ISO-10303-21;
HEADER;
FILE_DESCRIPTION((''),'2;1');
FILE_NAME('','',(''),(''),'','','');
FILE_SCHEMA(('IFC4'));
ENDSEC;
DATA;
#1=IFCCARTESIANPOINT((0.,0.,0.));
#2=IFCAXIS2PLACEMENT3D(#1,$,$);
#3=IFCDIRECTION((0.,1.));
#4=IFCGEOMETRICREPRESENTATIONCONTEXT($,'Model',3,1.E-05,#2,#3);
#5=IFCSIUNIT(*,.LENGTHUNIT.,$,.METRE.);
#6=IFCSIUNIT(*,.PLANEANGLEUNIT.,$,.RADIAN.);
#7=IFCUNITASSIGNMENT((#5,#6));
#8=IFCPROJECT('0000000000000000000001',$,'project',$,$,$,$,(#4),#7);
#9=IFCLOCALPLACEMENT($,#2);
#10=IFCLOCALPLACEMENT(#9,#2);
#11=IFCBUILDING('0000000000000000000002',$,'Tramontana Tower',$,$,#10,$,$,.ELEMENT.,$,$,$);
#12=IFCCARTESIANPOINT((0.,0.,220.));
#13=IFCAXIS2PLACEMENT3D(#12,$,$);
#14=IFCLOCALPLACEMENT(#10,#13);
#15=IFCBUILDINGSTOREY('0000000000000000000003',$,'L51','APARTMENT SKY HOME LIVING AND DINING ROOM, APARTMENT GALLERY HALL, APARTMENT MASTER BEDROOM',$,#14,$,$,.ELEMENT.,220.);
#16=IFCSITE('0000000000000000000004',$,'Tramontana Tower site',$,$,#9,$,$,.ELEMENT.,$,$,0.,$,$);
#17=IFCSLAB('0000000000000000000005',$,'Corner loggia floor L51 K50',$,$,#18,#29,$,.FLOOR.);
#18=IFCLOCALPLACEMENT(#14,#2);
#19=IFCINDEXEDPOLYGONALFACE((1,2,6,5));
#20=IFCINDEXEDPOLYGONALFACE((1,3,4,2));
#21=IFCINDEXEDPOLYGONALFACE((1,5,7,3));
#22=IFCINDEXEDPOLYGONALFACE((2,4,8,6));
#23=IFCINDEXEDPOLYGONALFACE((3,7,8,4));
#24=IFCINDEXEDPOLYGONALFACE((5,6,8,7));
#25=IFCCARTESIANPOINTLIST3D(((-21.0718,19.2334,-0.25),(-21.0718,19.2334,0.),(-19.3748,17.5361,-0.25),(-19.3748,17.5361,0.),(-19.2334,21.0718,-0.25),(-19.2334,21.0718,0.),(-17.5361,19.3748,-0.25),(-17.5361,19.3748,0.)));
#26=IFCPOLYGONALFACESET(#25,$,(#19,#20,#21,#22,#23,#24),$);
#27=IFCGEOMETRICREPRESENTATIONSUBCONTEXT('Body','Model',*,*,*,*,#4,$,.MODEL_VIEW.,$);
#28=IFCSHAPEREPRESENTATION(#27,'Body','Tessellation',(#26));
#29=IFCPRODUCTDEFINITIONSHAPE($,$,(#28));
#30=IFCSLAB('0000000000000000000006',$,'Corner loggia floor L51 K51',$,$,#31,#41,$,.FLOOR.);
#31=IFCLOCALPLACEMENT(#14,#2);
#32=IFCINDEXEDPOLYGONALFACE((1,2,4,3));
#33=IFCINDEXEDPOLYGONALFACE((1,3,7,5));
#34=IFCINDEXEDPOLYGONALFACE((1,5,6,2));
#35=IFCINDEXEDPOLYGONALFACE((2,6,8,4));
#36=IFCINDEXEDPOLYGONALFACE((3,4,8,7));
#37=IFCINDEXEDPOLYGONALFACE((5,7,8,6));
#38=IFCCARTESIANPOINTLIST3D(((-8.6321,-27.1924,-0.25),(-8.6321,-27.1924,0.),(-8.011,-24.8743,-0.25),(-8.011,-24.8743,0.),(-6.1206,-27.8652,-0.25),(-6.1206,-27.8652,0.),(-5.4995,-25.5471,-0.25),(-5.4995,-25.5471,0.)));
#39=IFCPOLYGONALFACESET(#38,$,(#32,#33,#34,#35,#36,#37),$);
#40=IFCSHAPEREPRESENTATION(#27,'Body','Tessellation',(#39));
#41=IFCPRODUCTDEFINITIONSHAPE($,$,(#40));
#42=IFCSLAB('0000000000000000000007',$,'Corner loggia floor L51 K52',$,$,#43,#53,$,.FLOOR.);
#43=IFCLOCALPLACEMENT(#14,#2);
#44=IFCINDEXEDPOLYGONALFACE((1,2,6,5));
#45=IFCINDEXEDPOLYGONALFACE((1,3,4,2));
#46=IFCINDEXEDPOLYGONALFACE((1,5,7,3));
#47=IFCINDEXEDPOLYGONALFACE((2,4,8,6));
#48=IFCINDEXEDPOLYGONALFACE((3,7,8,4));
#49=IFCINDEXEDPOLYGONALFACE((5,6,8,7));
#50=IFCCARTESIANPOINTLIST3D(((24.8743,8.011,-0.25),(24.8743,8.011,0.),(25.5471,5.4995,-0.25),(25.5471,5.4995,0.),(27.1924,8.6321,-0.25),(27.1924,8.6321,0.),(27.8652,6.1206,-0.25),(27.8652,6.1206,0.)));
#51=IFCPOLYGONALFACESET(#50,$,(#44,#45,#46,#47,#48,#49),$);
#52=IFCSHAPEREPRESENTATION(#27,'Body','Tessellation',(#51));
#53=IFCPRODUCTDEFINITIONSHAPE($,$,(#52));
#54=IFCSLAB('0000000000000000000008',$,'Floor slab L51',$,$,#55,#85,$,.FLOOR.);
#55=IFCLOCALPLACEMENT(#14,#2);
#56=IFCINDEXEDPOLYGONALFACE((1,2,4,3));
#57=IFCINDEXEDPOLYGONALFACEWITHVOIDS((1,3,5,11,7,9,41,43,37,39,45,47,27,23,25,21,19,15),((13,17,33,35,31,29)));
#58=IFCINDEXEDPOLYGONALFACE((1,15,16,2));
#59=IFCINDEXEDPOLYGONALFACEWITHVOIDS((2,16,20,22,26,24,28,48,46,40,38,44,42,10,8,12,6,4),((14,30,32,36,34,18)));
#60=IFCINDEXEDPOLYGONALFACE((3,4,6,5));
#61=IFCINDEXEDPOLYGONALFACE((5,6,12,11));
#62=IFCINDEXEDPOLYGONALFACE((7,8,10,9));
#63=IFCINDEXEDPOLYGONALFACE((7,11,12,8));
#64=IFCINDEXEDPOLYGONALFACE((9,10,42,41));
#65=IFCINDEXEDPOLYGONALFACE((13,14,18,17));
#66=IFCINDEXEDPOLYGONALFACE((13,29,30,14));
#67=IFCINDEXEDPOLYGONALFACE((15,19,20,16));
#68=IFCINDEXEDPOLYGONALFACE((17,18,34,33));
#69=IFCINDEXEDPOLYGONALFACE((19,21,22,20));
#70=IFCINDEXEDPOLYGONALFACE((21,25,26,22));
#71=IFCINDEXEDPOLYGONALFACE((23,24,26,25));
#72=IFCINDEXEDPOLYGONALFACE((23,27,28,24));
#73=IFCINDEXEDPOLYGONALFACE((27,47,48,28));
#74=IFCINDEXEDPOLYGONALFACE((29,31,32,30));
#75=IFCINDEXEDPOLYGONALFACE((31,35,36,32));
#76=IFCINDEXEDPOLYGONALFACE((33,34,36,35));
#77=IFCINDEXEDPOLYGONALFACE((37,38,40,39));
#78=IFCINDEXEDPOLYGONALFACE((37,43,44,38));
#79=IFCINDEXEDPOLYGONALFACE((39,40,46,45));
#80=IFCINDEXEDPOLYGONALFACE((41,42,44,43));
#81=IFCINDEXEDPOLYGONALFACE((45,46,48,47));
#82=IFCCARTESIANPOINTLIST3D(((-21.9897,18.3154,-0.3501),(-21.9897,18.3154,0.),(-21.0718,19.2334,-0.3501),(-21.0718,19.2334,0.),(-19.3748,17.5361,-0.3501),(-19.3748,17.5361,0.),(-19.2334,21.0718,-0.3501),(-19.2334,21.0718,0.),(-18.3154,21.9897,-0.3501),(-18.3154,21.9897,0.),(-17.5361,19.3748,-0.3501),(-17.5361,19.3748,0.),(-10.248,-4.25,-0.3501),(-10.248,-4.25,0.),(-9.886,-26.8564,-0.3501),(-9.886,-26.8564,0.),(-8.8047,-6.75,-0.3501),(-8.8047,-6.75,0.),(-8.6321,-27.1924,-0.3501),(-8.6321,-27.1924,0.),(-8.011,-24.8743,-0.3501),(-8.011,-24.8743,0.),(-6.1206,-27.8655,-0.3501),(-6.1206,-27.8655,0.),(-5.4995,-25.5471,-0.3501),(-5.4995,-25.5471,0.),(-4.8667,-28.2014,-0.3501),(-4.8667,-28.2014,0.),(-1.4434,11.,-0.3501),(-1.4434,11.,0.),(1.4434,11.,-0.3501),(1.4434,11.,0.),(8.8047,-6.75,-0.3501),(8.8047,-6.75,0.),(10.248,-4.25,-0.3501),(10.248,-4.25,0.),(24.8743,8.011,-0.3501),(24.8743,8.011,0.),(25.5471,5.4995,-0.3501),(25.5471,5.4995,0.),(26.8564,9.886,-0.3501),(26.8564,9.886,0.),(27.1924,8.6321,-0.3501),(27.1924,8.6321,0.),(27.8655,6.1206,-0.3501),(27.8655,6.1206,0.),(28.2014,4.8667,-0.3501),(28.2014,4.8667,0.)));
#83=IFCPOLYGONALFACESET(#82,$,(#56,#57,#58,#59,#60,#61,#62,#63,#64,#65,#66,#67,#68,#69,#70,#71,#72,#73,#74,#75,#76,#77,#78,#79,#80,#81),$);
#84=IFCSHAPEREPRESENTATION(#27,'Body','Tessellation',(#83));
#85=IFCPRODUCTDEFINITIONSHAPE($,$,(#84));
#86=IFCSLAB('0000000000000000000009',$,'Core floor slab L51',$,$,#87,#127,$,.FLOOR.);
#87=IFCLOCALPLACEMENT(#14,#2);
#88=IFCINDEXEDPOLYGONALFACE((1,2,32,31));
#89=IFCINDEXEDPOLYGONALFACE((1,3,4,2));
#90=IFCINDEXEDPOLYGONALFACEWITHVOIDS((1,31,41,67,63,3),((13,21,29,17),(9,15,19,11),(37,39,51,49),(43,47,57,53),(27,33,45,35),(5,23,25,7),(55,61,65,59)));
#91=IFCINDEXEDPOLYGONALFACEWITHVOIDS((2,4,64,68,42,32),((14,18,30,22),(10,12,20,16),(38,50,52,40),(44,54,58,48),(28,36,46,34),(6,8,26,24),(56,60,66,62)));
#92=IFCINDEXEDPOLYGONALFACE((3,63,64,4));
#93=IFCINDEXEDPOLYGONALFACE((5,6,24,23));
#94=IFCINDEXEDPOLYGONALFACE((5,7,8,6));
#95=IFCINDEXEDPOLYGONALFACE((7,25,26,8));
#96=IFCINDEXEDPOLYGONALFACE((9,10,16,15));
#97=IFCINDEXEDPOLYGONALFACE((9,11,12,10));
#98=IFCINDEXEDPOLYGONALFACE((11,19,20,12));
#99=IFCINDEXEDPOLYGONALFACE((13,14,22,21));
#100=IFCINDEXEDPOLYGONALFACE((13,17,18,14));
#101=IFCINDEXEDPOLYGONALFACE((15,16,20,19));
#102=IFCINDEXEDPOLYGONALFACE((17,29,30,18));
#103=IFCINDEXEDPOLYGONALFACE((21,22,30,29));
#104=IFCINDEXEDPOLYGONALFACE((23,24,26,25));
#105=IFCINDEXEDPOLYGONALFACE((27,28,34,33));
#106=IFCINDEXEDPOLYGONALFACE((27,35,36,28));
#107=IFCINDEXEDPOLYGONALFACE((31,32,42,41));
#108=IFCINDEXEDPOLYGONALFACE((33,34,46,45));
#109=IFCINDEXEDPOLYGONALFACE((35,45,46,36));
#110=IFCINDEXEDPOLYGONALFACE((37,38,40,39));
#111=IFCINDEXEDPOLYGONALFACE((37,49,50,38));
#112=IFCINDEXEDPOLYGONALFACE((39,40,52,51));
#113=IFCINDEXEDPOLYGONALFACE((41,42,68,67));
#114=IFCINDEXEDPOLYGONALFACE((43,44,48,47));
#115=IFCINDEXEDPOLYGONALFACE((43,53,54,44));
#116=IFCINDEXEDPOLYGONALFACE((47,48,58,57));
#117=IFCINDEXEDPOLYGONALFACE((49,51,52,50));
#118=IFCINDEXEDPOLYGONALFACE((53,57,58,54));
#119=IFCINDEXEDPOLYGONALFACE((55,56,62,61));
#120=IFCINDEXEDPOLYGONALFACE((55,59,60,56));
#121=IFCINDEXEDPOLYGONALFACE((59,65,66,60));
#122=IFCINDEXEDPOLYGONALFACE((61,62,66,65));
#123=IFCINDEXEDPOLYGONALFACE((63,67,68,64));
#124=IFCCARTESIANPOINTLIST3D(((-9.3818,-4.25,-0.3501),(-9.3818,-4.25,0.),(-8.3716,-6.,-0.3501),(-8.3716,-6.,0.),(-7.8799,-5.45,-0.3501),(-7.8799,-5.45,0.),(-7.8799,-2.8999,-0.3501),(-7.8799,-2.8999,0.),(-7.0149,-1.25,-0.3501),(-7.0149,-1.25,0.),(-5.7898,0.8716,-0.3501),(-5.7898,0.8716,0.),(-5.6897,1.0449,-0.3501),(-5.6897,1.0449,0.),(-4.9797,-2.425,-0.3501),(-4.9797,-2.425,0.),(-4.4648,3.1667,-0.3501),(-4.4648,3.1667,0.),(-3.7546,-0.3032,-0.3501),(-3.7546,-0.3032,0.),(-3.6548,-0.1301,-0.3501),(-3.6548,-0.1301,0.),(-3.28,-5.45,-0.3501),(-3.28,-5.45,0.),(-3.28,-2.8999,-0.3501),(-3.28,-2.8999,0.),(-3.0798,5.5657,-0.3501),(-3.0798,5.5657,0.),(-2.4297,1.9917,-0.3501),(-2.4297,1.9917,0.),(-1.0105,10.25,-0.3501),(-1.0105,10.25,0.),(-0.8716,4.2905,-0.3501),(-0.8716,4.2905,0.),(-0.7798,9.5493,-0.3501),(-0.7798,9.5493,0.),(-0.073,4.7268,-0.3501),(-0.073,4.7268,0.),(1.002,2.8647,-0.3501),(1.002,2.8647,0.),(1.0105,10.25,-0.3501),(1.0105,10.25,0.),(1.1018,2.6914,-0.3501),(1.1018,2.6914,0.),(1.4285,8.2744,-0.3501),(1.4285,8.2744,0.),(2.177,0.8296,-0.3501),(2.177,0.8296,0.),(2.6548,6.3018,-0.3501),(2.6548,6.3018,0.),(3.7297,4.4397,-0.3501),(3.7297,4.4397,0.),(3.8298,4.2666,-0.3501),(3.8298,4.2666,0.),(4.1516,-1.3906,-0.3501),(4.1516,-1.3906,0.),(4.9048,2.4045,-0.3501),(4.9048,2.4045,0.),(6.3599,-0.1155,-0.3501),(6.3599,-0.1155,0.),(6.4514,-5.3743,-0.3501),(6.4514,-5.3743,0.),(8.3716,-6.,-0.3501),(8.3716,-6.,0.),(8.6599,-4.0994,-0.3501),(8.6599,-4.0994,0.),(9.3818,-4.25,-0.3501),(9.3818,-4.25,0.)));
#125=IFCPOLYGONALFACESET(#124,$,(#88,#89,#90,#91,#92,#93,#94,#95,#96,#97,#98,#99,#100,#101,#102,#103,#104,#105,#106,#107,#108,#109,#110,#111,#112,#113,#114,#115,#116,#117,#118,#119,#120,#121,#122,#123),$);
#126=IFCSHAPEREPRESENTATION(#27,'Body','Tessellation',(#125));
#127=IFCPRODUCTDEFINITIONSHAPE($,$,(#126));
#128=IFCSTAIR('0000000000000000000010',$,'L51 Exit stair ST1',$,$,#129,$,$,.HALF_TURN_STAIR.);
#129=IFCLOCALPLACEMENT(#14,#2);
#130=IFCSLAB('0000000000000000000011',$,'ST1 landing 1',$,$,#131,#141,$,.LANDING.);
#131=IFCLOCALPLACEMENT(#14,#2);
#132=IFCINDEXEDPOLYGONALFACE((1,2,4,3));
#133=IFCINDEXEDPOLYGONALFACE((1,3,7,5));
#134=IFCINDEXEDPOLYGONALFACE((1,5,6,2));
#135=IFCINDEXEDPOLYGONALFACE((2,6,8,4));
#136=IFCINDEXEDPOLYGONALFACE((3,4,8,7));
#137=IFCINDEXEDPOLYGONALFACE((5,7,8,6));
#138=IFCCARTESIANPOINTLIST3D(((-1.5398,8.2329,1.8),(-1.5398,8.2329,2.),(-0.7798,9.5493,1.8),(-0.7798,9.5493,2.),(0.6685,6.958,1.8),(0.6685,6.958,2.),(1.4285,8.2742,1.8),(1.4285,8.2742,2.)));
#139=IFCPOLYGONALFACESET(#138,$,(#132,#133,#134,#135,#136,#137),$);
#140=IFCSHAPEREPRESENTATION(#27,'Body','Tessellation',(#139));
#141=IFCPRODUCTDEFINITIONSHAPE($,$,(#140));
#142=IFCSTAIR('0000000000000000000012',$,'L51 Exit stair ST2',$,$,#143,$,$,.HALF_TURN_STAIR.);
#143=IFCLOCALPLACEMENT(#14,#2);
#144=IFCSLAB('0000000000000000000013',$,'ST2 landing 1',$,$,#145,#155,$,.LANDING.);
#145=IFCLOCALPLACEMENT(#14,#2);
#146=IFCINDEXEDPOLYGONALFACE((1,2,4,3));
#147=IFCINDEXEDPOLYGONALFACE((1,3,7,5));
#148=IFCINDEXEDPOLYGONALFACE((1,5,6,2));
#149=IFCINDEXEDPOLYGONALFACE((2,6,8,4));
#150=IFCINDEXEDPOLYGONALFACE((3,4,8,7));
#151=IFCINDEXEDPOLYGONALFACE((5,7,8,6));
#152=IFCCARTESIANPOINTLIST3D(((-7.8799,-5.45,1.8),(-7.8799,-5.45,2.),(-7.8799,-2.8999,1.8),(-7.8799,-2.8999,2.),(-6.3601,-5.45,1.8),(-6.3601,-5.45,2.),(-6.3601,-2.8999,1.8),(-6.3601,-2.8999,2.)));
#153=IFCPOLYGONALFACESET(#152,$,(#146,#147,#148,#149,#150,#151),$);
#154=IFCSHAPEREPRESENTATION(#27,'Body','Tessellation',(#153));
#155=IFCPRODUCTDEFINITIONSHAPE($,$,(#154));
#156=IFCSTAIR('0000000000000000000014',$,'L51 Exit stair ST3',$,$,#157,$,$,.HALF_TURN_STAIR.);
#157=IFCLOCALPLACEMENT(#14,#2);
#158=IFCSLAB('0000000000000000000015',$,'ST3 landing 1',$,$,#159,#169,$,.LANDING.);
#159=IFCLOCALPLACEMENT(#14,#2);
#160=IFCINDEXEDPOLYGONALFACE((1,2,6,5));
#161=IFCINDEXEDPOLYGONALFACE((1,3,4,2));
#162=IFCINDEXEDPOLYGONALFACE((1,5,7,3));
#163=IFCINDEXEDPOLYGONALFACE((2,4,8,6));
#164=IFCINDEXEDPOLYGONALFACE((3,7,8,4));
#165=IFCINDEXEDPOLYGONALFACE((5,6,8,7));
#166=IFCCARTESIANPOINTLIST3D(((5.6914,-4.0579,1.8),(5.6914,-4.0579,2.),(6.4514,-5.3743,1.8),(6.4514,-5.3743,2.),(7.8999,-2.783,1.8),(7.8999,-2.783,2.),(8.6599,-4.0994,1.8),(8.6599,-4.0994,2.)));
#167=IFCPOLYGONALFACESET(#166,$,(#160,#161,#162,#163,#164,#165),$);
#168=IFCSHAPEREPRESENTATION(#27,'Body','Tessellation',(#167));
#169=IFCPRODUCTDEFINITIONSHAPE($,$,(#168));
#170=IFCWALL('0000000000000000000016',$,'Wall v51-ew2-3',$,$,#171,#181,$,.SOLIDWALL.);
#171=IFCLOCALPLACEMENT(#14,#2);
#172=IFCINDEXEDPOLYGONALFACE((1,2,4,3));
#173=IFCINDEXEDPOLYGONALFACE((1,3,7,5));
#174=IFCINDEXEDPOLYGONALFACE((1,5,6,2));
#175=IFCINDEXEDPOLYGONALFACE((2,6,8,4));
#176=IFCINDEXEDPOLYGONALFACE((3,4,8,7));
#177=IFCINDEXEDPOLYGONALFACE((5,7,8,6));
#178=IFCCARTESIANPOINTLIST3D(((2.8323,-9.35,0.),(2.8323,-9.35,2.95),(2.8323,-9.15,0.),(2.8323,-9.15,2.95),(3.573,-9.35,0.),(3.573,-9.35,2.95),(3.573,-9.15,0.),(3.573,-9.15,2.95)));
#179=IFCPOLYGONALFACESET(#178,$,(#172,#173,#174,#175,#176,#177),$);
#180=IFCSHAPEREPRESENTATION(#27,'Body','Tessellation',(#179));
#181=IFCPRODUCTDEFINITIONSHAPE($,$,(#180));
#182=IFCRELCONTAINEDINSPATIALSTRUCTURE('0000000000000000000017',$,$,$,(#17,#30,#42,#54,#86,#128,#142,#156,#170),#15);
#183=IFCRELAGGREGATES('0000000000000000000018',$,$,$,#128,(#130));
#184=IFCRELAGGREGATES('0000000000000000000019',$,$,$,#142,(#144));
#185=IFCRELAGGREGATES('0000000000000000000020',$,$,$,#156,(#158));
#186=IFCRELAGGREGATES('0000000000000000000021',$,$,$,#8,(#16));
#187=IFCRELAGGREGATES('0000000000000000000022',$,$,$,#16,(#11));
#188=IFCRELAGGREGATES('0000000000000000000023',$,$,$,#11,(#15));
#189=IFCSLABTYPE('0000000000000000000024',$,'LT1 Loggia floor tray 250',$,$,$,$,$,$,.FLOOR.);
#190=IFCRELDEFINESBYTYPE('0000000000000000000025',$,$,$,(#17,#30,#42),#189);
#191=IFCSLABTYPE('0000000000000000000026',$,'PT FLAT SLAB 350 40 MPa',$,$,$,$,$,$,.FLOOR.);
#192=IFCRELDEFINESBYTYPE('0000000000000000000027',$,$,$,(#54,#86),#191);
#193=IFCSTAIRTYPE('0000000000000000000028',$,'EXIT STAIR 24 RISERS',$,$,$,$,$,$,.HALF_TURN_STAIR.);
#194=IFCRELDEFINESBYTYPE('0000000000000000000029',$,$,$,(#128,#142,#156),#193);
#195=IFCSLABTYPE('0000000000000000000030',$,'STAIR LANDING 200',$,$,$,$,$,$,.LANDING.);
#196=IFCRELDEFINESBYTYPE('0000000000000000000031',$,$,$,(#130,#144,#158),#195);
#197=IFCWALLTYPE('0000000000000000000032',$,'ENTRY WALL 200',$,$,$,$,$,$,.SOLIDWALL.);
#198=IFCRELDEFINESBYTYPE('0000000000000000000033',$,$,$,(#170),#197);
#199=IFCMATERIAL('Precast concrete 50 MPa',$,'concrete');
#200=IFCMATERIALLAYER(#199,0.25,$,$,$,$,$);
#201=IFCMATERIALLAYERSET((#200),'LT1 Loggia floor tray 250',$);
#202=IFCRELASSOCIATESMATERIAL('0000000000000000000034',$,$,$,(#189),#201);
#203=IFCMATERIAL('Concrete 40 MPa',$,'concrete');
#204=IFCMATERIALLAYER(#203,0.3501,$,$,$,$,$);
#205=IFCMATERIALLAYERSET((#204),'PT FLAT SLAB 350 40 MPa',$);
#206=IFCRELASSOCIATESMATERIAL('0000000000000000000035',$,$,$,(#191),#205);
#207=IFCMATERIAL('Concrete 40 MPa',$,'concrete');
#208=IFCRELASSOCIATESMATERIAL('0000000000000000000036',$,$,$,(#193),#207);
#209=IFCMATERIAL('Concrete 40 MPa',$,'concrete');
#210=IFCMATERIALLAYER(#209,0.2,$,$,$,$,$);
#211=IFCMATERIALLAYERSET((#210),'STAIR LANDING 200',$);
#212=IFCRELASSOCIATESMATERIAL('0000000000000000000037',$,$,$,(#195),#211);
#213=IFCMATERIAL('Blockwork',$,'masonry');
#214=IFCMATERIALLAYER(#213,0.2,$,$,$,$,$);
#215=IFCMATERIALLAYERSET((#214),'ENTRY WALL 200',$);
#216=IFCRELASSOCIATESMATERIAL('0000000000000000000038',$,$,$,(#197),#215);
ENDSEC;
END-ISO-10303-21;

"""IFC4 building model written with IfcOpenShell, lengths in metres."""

from ifc_helpers import new_model, si_unit, direction, frame, frame_2d, origin, place, context, subcontext, project, spatial, polyline, rectangle, outline, extrude, material, layer, layer_set, type_object, element, aggregate, save


model = new_model("IFC4")

# Units and contexts
model_context = context("Model", 3, precision=1e-05, world=origin(), true_north=direction((0.0, 1.0)))
body_context = subcontext(model_context, "Body", "Model", "MODEL_VIEW")
ifc_project = project(units=[si_unit("LENGTHUNIT", "METRE"), si_unit("PLANEANGLEUNIT", "RADIAN")], contexts=[model_context])

# Site, building, storey
site_placement = place(None, origin())
site = spatial("IfcSite", under=ifc_project, at=site_placement, Name="Tramontana Tower site", CompositionType="ELEMENT", RefElevation=0.0)
building_placement = place(site_placement, origin())
building = spatial("IfcBuilding", under=site, at=building_placement, Name="Tramontana Tower", CompositionType="ELEMENT")
storey_placement = place(building_placement, frame((0.0, 0.0, 220.0)))
storey = spatial("IfcBuildingStorey", under=building, at=storey_placement, Name="L51", Description="APARTMENT SKY HOME LIVING AND DINING ROOM, APARTMENT GALLERY HALL, APARTMENT MASTER BEDROOM", CompositionType="ELEMENT", Elevation=220.0)

# Slabs
ifc_material_1 = material(Name="Precast concrete 50 MPa", Category="concrete")
ifc_layer_1 = layer(ifc_material_1, 0.25)
ifc_layer_set_1 = layer_set([ifc_layer_1], Name="LT1 Loggia floor tray 250")
slab_type_1 = type_object("IfcSlabType", Name="LT1 Loggia floor tray 250", PredefinedType="FLOOR", material=ifc_layer_set_1)
slab_1_placement = place(storey_placement, frame((0.0, 0.0, -0.25)))
element("IfcSlab", 1, at=slab_1_placement, inside=storey, type_object=slab_type_1, Name="Corner loggia floor L51 K50", PredefinedType="FLOOR", context=body_context, shape_type="SweptSolid", body=[
    extrude(outline(polyline([(-19.2334, 21.0718), (-17.5361, 19.3748), (-19.3748, 17.5361), (-21.0718, 19.2334), (-19.2334, 21.0718)])), origin(), (0.0, 0.0, 1.0), 0.25),
])
slab_2_placement = place(storey_placement, frame((0.0, 0.0, -0.25)))
element("IfcSlab", 2, at=slab_2_placement, inside=storey, type_object=slab_type_1, Name="Corner loggia floor L51 K51", PredefinedType="FLOOR", context=body_context, shape_type="SweptSolid", body=[
    extrude(outline(polyline([(-8.6321, -27.1924), (-8.011, -24.8743), (-5.4995, -25.5471), (-6.1206, -27.8652), (-8.6321, -27.1924)])), origin(), (0.0, 0.0, 1.0), 0.25),
])
slab_3_placement = place(storey_placement, frame((0.0, 0.0, -0.25)))
element("IfcSlab", 3, at=slab_3_placement, inside=storey, type_object=slab_type_1, Name="Corner loggia floor L51 K52", PredefinedType="FLOOR", context=body_context, shape_type="SweptSolid", body=[
    extrude(outline(polyline([(27.8652, 6.1206), (25.5471, 5.4995), (24.8743, 8.011), (27.1924, 8.6321), (27.8652, 6.1206)])), origin(), (0.0, 0.0, 1.0), 0.25),
])
ifc_material_2 = material(Name="Concrete 40 MPa", Category="concrete")
ifc_layer_2 = layer(ifc_material_2, 0.3501)
ifc_layer_set_2 = layer_set([ifc_layer_2], Name="PT FLAT SLAB 350 40 MPa")
slab_type_2 = type_object("IfcSlabType", Name="PT FLAT SLAB 350 40 MPa", PredefinedType="FLOOR", material=ifc_layer_set_2)
slab_4_placement = place(storey_placement, frame((0.0, 0.0, -0.3501)))
element("IfcSlab", 4, at=slab_4_placement, inside=storey, type_object=slab_type_2, Name="Floor slab L51", PredefinedType="FLOOR", context=body_context, shape_type="SweptSolid", body=[
    extrude(outline(polyline([(27.1924, 8.6321), (24.8743, 8.011), (25.5471, 5.4995), (27.8655, 6.1206), (28.2014, 4.8667), (-4.8667, -28.2014), (-6.1206, -27.8655), (-5.4995, -25.5471), (-8.011, -24.8743), (-8.6321, -27.1924), (-9.886, -26.8564), (-21.9897, 18.3154), (-21.0718, 19.2334), (-19.3748, 17.5361), (-17.5361, 19.3748), (-19.2334, 21.0718), (-18.3154, 21.9897), (26.8564, 9.886), (27.1924, 8.6321)]), holes=[polyline([(-10.248, -4.25), (-8.8047, -6.75), (8.8047, -6.75), (10.248, -4.25), (1.4434, 11.0), (-1.4434, 11.0), (-10.248, -4.25)])]), origin(), (0.0, 0.0, 1.0), 0.3501),
])
slab_5_placement = place(storey_placement, frame((0.0, 0.0, -0.3501)))
element("IfcSlab", 5, at=slab_5_placement, inside=storey, type_object=slab_type_2, Name="Core floor slab L51", PredefinedType="FLOOR", context=body_context, shape_type="SweptSolid", body=[
    extrude(outline(polyline([(9.3818, -4.25), (8.3716, -6.0), (-8.3716, -6.0), (-9.3818, -4.25), (-1.0105, 10.25), (1.0105, 10.25), (9.3818, -4.25)]), holes=[polyline([(8.6599, -4.0994), (6.3599, -0.1155), (4.1516, -1.3906), (6.4514, -5.3743), (8.6599, -4.0994)]), polyline([(3.8298, 4.2666), (1.1018, 2.6914), (2.177, 0.8296), (4.9048, 2.4045), (3.8298, 4.2666)]), polyline([(2.6548, 6.3018), (-0.073, 4.7268), (1.002, 2.8647), (3.7297, 4.4397), (2.6548, 6.3018)]), polyline([(-0.7798, 9.5493), (-3.0798, 5.5657), (-0.8716, 4.2905), (1.4285, 8.2744), (-0.7798, 9.5493)]), polyline([(-5.6897, 1.0449), (-3.6548, -0.1301), (-2.4297, 1.9917), (-4.4648, 3.1667), (-5.6897, 1.0449)]), polyline([(-3.28, -5.45), (-3.28, -2.8999), (-7.8799, -2.8999), (-7.8799, -5.45), (-3.28, -5.45)]), polyline([(-7.0149, -1.25), (-4.9797, -2.425), (-3.7546, -0.3032), (-5.7898, 0.8716), (-7.0149, -1.25)])]), origin(), (0.0, 0.0, 1.0), 0.3501),
])

# Stairs, slabs
ifc_material_3 = material(Name="Concrete 40 MPa", Category="concrete")
stair_type = type_object("IfcStairType", Name="EXIT STAIR 24 RISERS", PredefinedType="HALF_TURN_STAIR", material=ifc_material_3)
stair_1_placement = place(storey_placement, origin())
stair_1 = element("IfcStair", 6, at=stair_1_placement, inside=storey, type_object=stair_type, Name="L51 Exit stair ST1", PredefinedType="HALF_TURN_STAIR")
ifc_material_4 = material(Name="Concrete 40 MPa", Category="concrete")
ifc_layer_3 = layer(ifc_material_4, 0.2)
ifc_layer_set_3 = layer_set([ifc_layer_3], Name="STAIR LANDING 200")
slab_type_3 = type_object("IfcSlabType", Name="STAIR LANDING 200", PredefinedType="LANDING", material=ifc_layer_set_3)
slab_6_placement = place(storey_placement, frame((0.0, 0.0, 1.8)))
slab_6 = element("IfcSlab", 7, at=slab_6_placement, type_object=slab_type_3, Name="ST1 landing 1", PredefinedType="LANDING", context=body_context, shape_type="SweptSolid", body=[
    extrude(outline(polyline([(0.6685, 6.958), (1.4285, 8.2742), (-0.7798, 9.5493), (-1.5398, 8.2329), (0.6685, 6.958)])), origin(), (0.0, 0.0, 1.0), 0.2),
])
aggregate(stair_1, [slab_6])
stair_2_placement = place(storey_placement, origin())
stair_2 = element("IfcStair", 8, at=stair_2_placement, inside=storey, type_object=stair_type, Name="L51 Exit stair ST2", PredefinedType="HALF_TURN_STAIR")
slab_7_placement = place(storey_placement, frame((0.0, 0.0, 1.8)))
slab_7 = element("IfcSlab", 9, at=slab_7_placement, type_object=slab_type_3, Name="ST2 landing 1", PredefinedType="LANDING", context=body_context, shape_type="SweptSolid", body=[
    extrude(outline(polyline([(-6.3601, -2.8999), (-7.8799, -2.8999), (-7.8799, -5.45), (-6.3601, -5.45), (-6.3601, -2.8999)])), origin(), (0.0, 0.0, 1.0), 0.2),
])
aggregate(stair_2, [slab_7])
stair_3_placement = place(storey_placement, origin())
stair_3 = element("IfcStair", 10, at=stair_3_placement, inside=storey, type_object=stair_type, Name="L51 Exit stair ST3", PredefinedType="HALF_TURN_STAIR")
slab_8_placement = place(storey_placement, frame((0.0, 0.0, 1.8)))
slab_8 = element("IfcSlab", 11, at=slab_8_placement, type_object=slab_type_3, Name="ST3 landing 1", PredefinedType="LANDING", context=body_context, shape_type="SweptSolid", body=[
    extrude(outline(polyline([(5.6914, -4.0579), (6.4514, -5.3743), (8.6599, -4.0994), (7.8999, -2.783), (5.6914, -4.0579)])), origin(), (0.0, 0.0, 1.0), 0.2),
])

# Wall
ifc_material_5 = material(Name="Blockwork", Category="masonry")
ifc_layer_4 = layer(ifc_material_5, 0.2)
ifc_layer_set_4 = layer_set([ifc_layer_4], Name="ENTRY WALL 200")
wall_type_1 = type_object("IfcWallType", Name="ENTRY WALL 200", PredefinedType="SOLIDWALL", material=ifc_layer_set_4)
wall_1_placement = place(storey_placement, frame((3.573, -9.25, 0.0), z_axis=(0.0, 0.0, 1.0), x_axis=(-1.0, 0.0, 0.0)))
element("IfcWall", 12, at=wall_1_placement, inside=storey, type_object=wall_type_1, Name="Wall v51-ew2-3", PredefinedType="SOLIDWALL", context=body_context, shape_type="SweptSolid", body=[
    extrude(rectangle(XDim=0.7407, YDim=0.2, at=frame_2d((0.3704, 0.0))), origin(), (0.0, 0.0, 1.0), 2.95),
])

aggregate(stair_3, [slab_8])

save(model, "model.ifc")
